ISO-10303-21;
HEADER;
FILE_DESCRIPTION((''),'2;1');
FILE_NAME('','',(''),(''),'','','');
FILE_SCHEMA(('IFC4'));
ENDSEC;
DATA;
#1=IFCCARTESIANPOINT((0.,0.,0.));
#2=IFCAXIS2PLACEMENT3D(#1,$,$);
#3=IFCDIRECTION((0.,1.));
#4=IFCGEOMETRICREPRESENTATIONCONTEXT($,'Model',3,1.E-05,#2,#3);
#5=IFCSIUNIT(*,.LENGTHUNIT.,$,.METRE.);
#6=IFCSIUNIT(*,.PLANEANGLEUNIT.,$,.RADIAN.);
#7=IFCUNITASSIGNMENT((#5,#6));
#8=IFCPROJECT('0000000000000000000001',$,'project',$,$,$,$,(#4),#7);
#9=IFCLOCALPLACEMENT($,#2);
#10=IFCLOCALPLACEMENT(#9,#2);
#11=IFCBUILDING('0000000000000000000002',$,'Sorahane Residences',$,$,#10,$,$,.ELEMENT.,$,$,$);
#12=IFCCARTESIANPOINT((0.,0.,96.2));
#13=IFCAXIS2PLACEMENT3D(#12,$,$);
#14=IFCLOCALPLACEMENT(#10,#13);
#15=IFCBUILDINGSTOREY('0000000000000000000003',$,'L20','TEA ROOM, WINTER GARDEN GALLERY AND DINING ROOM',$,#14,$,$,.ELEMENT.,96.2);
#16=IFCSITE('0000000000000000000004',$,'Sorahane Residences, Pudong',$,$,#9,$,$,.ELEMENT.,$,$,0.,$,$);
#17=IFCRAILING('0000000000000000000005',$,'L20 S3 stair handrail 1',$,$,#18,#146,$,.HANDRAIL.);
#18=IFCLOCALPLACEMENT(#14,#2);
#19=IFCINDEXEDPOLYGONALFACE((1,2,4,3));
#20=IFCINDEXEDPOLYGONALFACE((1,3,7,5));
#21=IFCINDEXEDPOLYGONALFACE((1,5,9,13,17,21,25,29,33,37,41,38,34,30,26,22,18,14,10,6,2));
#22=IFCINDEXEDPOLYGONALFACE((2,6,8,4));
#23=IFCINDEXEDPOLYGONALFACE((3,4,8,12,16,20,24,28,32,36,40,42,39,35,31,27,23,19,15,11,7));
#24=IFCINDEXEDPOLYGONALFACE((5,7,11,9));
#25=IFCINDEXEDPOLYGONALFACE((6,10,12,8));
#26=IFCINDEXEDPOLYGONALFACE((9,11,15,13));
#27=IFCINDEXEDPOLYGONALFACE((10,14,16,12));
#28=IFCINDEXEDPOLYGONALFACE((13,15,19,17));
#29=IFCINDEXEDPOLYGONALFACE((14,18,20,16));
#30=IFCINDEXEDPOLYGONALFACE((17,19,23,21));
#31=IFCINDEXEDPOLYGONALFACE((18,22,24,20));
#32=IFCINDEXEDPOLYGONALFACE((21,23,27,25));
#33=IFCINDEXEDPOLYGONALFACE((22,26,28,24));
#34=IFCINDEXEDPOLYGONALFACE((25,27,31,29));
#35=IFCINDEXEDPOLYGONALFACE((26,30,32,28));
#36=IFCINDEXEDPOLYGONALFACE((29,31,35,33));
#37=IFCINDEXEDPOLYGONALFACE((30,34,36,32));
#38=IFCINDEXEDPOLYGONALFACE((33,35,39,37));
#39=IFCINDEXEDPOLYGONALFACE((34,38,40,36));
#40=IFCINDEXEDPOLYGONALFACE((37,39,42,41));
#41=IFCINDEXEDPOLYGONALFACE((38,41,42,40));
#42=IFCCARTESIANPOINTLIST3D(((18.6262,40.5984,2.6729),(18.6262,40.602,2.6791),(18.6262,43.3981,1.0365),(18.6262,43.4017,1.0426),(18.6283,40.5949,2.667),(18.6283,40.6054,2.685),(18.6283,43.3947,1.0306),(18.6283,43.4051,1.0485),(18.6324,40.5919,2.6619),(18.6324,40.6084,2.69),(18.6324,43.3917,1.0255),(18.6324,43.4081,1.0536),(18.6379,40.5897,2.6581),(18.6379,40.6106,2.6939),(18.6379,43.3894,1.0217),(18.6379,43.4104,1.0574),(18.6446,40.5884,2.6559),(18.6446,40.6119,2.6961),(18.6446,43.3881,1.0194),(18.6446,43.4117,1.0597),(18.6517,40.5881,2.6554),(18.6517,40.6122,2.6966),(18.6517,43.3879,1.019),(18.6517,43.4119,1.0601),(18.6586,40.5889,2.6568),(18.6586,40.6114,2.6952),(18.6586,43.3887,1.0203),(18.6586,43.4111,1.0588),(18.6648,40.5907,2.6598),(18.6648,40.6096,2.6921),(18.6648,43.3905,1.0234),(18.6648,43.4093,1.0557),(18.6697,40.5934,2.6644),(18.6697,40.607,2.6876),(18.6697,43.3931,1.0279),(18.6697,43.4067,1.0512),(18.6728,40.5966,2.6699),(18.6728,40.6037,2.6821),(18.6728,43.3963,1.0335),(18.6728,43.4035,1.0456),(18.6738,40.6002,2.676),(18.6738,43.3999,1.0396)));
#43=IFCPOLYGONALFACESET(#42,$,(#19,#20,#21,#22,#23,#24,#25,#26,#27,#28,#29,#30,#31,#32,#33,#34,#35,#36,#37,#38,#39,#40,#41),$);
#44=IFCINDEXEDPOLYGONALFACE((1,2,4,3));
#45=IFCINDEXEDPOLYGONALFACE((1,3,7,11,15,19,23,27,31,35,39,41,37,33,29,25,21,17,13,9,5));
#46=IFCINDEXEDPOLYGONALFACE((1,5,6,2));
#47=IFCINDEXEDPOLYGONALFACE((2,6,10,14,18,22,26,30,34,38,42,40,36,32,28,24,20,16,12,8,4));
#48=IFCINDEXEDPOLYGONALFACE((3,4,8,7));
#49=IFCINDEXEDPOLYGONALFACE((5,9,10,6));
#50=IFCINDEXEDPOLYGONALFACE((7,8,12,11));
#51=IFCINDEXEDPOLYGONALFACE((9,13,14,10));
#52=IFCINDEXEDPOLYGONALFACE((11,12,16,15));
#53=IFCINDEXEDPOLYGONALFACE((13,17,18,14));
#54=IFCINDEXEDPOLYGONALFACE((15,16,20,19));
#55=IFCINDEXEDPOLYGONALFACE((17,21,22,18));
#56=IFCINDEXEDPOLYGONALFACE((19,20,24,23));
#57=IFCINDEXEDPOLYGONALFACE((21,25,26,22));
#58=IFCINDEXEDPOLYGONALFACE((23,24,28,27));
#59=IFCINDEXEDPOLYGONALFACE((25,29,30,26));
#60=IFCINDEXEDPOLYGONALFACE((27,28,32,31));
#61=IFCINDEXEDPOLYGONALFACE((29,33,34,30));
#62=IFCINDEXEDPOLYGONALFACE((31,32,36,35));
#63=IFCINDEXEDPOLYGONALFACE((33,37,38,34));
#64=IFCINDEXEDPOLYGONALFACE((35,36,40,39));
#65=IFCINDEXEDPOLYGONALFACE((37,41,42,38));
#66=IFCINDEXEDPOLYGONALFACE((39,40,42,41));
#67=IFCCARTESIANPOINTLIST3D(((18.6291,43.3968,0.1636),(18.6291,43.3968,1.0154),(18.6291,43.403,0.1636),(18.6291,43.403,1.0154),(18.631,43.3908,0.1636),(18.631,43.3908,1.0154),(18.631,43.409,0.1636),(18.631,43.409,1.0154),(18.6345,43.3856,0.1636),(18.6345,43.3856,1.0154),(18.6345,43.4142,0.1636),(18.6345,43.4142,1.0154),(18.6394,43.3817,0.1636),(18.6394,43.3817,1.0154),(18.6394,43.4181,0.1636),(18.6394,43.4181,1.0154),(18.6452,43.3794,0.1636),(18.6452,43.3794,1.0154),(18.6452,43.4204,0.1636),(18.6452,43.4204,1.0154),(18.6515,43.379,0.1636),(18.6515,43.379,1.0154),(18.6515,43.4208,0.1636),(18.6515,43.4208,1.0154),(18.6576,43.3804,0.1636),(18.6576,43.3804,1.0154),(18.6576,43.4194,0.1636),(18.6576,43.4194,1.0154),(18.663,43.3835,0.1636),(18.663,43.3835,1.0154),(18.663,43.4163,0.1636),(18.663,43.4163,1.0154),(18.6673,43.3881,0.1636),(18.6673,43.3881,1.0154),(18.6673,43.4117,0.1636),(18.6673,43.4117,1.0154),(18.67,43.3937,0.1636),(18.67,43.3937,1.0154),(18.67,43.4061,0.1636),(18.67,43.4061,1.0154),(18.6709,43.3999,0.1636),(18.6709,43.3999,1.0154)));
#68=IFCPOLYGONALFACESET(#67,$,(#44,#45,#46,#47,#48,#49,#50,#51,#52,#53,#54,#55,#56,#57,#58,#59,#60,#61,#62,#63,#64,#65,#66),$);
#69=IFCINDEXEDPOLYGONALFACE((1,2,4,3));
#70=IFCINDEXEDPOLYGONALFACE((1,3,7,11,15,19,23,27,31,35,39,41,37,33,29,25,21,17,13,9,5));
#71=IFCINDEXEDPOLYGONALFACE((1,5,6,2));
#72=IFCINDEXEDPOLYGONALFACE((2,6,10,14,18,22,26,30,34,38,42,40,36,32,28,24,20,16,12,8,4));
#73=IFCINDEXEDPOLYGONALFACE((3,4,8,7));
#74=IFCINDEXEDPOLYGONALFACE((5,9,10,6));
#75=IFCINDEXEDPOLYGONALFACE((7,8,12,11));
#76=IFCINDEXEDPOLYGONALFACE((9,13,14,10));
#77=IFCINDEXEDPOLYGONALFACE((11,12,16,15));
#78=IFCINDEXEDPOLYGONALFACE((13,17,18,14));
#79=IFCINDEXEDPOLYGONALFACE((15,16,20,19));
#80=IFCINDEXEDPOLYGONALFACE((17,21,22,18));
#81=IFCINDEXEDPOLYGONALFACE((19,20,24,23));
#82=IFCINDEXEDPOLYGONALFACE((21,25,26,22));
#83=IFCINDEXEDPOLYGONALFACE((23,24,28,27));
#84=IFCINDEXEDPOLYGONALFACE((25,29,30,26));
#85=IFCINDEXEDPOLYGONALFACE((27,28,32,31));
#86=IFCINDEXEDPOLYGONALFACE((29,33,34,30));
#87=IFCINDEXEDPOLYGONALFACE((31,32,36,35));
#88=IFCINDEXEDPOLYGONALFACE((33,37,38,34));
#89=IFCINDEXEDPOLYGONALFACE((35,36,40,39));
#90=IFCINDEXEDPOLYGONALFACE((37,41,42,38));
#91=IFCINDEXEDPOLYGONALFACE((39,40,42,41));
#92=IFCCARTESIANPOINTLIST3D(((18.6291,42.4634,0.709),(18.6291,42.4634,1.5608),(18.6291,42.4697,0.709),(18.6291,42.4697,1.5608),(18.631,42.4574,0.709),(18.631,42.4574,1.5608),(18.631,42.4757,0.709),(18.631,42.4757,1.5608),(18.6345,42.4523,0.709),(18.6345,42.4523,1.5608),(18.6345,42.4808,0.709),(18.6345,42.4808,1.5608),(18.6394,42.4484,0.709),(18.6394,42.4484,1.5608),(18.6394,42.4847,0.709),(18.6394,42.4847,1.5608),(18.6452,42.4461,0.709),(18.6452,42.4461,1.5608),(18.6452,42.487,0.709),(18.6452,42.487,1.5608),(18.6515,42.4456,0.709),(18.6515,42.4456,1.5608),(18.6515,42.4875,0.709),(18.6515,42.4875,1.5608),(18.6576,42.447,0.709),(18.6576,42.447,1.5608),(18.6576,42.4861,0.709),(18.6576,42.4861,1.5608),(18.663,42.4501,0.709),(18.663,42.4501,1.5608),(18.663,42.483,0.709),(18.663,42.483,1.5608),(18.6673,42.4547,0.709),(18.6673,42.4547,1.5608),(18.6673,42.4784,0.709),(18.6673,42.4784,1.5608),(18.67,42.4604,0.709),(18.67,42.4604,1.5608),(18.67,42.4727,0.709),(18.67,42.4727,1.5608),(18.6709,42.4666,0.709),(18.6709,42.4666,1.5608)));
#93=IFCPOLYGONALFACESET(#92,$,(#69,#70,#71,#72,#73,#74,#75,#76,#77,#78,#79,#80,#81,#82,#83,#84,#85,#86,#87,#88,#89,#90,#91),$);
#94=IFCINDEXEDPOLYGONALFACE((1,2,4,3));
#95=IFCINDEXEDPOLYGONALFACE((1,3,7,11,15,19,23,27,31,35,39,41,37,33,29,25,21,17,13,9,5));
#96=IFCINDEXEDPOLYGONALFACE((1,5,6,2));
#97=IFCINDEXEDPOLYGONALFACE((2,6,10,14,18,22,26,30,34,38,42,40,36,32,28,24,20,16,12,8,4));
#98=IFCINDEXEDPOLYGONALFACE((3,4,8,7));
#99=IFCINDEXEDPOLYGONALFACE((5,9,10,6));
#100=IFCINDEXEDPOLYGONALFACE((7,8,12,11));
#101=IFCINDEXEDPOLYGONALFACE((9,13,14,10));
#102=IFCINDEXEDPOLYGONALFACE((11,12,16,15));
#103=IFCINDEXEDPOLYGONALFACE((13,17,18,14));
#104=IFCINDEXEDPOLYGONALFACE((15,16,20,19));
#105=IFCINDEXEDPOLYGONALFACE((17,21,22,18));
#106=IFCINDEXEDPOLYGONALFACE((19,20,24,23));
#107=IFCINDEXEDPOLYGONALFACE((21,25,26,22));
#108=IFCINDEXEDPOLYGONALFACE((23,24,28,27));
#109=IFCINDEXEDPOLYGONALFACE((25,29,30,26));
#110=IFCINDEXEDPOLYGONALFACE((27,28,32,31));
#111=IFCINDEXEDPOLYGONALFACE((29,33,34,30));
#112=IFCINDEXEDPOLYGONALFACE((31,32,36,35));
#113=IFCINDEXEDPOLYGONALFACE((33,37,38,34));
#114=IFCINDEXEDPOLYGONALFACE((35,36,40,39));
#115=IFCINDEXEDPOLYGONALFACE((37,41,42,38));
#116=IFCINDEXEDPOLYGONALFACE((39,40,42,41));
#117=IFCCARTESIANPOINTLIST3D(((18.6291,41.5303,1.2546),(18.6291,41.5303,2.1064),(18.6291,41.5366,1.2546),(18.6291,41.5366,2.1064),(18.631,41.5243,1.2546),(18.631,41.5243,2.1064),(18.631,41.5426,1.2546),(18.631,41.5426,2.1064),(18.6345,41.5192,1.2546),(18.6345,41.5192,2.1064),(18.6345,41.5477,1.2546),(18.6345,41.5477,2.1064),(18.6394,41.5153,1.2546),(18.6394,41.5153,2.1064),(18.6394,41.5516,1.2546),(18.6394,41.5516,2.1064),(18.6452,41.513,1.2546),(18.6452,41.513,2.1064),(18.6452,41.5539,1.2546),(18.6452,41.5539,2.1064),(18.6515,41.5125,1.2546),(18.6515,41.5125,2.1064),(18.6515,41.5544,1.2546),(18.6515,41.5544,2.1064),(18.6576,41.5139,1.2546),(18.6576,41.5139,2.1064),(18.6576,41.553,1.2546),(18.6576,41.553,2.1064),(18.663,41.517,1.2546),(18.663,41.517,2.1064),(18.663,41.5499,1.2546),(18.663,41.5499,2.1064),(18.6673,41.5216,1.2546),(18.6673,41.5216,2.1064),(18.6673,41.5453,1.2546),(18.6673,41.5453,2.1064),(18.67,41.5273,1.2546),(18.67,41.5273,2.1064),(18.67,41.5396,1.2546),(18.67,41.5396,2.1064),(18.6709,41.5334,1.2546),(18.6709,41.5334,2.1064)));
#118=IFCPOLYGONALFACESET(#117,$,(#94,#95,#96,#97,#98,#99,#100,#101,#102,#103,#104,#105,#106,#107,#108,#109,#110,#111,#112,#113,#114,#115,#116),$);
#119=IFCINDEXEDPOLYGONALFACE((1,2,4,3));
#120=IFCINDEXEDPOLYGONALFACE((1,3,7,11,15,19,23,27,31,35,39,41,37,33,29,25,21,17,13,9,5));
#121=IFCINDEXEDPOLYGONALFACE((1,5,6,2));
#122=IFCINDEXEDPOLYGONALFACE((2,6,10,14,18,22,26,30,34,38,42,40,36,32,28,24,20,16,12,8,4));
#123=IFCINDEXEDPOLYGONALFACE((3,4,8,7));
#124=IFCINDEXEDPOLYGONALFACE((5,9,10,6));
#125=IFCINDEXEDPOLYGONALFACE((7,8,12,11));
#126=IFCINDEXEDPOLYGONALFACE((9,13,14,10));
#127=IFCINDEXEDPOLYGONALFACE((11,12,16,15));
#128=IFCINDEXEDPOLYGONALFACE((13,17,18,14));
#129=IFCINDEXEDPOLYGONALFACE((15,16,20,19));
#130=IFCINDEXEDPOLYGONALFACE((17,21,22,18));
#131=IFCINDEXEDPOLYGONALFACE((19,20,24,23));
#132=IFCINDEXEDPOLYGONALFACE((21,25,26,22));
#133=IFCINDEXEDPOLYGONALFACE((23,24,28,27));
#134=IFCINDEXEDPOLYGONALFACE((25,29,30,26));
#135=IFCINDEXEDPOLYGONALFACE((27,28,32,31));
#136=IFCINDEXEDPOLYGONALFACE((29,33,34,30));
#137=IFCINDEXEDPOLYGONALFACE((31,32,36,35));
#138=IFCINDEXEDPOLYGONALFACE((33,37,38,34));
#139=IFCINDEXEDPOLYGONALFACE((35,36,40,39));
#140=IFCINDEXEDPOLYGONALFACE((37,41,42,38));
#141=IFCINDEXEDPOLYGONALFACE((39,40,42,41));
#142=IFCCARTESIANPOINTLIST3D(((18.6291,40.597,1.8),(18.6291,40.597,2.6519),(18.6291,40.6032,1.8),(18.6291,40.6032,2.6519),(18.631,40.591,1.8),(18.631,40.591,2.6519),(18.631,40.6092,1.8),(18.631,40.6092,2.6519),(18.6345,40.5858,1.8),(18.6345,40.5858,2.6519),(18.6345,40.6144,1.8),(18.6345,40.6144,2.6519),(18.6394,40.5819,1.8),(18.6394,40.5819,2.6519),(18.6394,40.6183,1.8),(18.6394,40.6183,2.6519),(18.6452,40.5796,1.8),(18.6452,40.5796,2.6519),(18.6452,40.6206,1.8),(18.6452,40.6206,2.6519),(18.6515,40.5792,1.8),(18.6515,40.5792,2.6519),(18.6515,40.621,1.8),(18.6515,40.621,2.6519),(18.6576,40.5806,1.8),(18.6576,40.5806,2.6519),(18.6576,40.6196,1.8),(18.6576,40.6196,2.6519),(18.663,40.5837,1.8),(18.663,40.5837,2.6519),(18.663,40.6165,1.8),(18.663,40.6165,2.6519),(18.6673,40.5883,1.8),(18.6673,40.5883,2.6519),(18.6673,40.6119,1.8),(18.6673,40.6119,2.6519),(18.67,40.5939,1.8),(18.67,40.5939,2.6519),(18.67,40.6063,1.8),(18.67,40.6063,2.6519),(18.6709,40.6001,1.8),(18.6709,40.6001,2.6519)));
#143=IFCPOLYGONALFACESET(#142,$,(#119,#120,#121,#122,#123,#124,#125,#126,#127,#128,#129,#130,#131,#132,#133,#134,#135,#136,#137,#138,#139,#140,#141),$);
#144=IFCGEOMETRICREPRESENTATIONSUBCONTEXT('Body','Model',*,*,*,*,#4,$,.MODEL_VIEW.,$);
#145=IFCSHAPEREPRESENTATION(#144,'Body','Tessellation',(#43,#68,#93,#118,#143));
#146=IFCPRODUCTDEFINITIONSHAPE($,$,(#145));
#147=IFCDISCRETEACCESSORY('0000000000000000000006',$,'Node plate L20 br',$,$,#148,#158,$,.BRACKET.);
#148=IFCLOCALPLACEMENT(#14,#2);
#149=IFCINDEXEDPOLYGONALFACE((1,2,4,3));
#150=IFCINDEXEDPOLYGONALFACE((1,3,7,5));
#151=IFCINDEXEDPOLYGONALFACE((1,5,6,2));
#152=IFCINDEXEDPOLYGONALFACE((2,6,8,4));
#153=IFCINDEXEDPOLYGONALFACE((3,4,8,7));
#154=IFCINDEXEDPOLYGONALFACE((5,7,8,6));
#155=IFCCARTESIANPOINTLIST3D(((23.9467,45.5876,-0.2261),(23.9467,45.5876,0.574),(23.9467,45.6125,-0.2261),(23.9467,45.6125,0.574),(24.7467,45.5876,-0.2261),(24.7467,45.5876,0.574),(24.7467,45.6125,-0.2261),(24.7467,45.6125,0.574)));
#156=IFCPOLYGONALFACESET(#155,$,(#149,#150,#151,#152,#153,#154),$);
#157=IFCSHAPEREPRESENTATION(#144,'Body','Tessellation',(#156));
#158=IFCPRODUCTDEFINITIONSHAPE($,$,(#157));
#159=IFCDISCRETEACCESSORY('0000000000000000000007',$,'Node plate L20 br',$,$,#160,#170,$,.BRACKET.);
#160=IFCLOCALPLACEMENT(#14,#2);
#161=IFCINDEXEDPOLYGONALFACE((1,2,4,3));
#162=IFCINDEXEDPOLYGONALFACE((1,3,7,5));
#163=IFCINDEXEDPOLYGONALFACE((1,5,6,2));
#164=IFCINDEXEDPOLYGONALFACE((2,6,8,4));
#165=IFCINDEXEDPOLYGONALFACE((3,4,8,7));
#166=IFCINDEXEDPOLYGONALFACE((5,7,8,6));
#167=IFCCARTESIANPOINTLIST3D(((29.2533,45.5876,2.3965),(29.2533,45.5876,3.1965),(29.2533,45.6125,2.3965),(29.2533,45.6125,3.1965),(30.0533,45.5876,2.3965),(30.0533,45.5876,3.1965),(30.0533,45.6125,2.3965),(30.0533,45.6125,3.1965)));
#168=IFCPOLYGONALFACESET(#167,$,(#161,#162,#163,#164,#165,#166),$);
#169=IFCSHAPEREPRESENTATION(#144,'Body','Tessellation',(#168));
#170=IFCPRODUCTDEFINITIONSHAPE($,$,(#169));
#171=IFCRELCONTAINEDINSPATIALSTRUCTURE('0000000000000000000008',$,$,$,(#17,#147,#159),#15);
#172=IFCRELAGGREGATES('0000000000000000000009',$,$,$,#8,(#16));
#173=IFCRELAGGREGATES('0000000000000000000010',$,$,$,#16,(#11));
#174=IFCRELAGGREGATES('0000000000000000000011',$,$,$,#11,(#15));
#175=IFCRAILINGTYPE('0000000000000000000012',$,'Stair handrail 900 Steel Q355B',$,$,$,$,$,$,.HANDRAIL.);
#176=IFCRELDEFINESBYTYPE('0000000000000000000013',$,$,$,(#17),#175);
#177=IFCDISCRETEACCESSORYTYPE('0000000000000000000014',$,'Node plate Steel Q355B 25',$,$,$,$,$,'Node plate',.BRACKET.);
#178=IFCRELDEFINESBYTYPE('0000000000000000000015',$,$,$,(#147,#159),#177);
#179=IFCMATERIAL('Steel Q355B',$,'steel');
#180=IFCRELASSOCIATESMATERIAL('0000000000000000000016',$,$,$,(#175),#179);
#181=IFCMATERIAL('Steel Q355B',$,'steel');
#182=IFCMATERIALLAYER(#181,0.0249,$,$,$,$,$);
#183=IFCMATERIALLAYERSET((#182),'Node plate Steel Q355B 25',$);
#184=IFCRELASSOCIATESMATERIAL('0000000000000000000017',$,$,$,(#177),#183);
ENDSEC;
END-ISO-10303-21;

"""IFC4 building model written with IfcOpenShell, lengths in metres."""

from ifc_helpers import new_model, si_unit, direction, frame, origin, origin_2d, place, context, subcontext, project, spatial, rectangle, circle, extrude, material, layer, layer_set, type_object, element, save


model = new_model("IFC4")

# Units and contexts
model_context = context("Model", 3, precision=1e-05, world=origin(), true_north=direction((0.0, 1.0)))
body_context = subcontext(model_context, "Body", "Model", "MODEL_VIEW")
ifc_project = project(units=[si_unit("LENGTHUNIT", "METRE"), si_unit("PLANEANGLEUNIT", "RADIAN")], contexts=[model_context])

# Site, building, storey
site_placement = place(None, origin())
site = spatial("IfcSite", under=ifc_project, at=site_placement, Name="Sorahane Residences, Pudong", CompositionType="ELEMENT", RefElevation=0.0)
building_placement = place(site_placement, origin())
building = spatial("IfcBuilding", under=site, at=building_placement, Name="Sorahane Residences", CompositionType="ELEMENT")
storey_placement = place(building_placement, frame((0.0, 0.0, 96.2)))
storey = spatial("IfcBuildingStorey", under=building, at=storey_placement, Name="L20", Description="TEA ROOM, WINTER GARDEN GALLERY AND DINING ROOM", CompositionType="ELEMENT", Elevation=96.2)

# Railing
ifc_material_1 = material(Name="Steel Q355B", Category="steel")
railing_type_1 = type_object("IfcRailingType", Name="Stair handrail 900 Steel Q355B", PredefinedType="HANDRAIL", material=ifc_material_1)
railing_1_placement = place(storey_placement, frame((18.6499, 43.3999, 0.1636)))
element("IfcRailing", 1, at=railing_1_placement, inside=storey, type_object=railing_type_1, Name="L20 S3 stair handrail 1", PredefinedType="HANDRAIL", context=body_context, shape_type="SweptSolid", body=[
    extrude(circle(Radius=0.0239, at=origin_2d()), frame((0.0, 0.0, 0.876), z_axis=(0.0, -0.863342, 0.50462), x_axis=(1.0, 0.0, 0.0)), (0.0, 0.0, 1.0), 3.2429),
    extrude(circle(Radius=0.021, at=origin_2d()), origin(), (0.0, 0.0, 1.0), 0.8518),
    extrude(circle(Radius=0.021, at=origin_2d()), frame((0.0, -0.9333, 0.5454)), (0.0, 0.0, 1.0), 0.8518),
    extrude(circle(Radius=0.021, at=origin_2d()), frame((0.0, -1.8665, 1.0911)), (0.0, 0.0, 1.0), 0.8518),
    extrude(circle(Radius=0.021, at=origin_2d()), frame((0.0, -2.7998, 1.6365)), (0.0, 0.0, 1.0), 0.8518),
])

# Discrete accessories
ifc_material_2 = material(Name="Steel Q355B", Category="steel")
ifc_layer_1 = layer(ifc_material_2, 0.0249)
ifc_layer_set_1 = layer_set([ifc_layer_1], Name="Node plate Steel Q355B 25")
discrete_accessory_type = type_object("IfcDiscreteAccessoryType", Name="Node plate Steel Q355B 25", ElementType="Node plate", PredefinedType="BRACKET", material=ifc_layer_set_1)
for number, where, z_axis, x_axis, name in (
    (2, (24.3467, 45.6001, -0.2261), (0.0, 0.0, 1.0), (1.0, 0.0, 0.0), "Node plate L20 br"),
    (3, (29.6533, 45.6001, 2.3965), (0.0, 0.0, 1.0), (1.0, 0.0, 0.0), "Node plate L20 br"),
):
    element("IfcDiscreteAccessory", number, at=place(storey_placement, frame(where, z_axis=z_axis, x_axis=x_axis)), inside=storey, type_object=discrete_accessory_type, Name=name, PredefinedType="BRACKET", context=body_context, shape_type="SweptSolid", body=[
        extrude(rectangle(XDim=0.8, YDim=0.0249, at=origin_2d()), origin(), (0.0, 0.0, 1.0), 0.8),
    ])

save(model, "model.ifc")
